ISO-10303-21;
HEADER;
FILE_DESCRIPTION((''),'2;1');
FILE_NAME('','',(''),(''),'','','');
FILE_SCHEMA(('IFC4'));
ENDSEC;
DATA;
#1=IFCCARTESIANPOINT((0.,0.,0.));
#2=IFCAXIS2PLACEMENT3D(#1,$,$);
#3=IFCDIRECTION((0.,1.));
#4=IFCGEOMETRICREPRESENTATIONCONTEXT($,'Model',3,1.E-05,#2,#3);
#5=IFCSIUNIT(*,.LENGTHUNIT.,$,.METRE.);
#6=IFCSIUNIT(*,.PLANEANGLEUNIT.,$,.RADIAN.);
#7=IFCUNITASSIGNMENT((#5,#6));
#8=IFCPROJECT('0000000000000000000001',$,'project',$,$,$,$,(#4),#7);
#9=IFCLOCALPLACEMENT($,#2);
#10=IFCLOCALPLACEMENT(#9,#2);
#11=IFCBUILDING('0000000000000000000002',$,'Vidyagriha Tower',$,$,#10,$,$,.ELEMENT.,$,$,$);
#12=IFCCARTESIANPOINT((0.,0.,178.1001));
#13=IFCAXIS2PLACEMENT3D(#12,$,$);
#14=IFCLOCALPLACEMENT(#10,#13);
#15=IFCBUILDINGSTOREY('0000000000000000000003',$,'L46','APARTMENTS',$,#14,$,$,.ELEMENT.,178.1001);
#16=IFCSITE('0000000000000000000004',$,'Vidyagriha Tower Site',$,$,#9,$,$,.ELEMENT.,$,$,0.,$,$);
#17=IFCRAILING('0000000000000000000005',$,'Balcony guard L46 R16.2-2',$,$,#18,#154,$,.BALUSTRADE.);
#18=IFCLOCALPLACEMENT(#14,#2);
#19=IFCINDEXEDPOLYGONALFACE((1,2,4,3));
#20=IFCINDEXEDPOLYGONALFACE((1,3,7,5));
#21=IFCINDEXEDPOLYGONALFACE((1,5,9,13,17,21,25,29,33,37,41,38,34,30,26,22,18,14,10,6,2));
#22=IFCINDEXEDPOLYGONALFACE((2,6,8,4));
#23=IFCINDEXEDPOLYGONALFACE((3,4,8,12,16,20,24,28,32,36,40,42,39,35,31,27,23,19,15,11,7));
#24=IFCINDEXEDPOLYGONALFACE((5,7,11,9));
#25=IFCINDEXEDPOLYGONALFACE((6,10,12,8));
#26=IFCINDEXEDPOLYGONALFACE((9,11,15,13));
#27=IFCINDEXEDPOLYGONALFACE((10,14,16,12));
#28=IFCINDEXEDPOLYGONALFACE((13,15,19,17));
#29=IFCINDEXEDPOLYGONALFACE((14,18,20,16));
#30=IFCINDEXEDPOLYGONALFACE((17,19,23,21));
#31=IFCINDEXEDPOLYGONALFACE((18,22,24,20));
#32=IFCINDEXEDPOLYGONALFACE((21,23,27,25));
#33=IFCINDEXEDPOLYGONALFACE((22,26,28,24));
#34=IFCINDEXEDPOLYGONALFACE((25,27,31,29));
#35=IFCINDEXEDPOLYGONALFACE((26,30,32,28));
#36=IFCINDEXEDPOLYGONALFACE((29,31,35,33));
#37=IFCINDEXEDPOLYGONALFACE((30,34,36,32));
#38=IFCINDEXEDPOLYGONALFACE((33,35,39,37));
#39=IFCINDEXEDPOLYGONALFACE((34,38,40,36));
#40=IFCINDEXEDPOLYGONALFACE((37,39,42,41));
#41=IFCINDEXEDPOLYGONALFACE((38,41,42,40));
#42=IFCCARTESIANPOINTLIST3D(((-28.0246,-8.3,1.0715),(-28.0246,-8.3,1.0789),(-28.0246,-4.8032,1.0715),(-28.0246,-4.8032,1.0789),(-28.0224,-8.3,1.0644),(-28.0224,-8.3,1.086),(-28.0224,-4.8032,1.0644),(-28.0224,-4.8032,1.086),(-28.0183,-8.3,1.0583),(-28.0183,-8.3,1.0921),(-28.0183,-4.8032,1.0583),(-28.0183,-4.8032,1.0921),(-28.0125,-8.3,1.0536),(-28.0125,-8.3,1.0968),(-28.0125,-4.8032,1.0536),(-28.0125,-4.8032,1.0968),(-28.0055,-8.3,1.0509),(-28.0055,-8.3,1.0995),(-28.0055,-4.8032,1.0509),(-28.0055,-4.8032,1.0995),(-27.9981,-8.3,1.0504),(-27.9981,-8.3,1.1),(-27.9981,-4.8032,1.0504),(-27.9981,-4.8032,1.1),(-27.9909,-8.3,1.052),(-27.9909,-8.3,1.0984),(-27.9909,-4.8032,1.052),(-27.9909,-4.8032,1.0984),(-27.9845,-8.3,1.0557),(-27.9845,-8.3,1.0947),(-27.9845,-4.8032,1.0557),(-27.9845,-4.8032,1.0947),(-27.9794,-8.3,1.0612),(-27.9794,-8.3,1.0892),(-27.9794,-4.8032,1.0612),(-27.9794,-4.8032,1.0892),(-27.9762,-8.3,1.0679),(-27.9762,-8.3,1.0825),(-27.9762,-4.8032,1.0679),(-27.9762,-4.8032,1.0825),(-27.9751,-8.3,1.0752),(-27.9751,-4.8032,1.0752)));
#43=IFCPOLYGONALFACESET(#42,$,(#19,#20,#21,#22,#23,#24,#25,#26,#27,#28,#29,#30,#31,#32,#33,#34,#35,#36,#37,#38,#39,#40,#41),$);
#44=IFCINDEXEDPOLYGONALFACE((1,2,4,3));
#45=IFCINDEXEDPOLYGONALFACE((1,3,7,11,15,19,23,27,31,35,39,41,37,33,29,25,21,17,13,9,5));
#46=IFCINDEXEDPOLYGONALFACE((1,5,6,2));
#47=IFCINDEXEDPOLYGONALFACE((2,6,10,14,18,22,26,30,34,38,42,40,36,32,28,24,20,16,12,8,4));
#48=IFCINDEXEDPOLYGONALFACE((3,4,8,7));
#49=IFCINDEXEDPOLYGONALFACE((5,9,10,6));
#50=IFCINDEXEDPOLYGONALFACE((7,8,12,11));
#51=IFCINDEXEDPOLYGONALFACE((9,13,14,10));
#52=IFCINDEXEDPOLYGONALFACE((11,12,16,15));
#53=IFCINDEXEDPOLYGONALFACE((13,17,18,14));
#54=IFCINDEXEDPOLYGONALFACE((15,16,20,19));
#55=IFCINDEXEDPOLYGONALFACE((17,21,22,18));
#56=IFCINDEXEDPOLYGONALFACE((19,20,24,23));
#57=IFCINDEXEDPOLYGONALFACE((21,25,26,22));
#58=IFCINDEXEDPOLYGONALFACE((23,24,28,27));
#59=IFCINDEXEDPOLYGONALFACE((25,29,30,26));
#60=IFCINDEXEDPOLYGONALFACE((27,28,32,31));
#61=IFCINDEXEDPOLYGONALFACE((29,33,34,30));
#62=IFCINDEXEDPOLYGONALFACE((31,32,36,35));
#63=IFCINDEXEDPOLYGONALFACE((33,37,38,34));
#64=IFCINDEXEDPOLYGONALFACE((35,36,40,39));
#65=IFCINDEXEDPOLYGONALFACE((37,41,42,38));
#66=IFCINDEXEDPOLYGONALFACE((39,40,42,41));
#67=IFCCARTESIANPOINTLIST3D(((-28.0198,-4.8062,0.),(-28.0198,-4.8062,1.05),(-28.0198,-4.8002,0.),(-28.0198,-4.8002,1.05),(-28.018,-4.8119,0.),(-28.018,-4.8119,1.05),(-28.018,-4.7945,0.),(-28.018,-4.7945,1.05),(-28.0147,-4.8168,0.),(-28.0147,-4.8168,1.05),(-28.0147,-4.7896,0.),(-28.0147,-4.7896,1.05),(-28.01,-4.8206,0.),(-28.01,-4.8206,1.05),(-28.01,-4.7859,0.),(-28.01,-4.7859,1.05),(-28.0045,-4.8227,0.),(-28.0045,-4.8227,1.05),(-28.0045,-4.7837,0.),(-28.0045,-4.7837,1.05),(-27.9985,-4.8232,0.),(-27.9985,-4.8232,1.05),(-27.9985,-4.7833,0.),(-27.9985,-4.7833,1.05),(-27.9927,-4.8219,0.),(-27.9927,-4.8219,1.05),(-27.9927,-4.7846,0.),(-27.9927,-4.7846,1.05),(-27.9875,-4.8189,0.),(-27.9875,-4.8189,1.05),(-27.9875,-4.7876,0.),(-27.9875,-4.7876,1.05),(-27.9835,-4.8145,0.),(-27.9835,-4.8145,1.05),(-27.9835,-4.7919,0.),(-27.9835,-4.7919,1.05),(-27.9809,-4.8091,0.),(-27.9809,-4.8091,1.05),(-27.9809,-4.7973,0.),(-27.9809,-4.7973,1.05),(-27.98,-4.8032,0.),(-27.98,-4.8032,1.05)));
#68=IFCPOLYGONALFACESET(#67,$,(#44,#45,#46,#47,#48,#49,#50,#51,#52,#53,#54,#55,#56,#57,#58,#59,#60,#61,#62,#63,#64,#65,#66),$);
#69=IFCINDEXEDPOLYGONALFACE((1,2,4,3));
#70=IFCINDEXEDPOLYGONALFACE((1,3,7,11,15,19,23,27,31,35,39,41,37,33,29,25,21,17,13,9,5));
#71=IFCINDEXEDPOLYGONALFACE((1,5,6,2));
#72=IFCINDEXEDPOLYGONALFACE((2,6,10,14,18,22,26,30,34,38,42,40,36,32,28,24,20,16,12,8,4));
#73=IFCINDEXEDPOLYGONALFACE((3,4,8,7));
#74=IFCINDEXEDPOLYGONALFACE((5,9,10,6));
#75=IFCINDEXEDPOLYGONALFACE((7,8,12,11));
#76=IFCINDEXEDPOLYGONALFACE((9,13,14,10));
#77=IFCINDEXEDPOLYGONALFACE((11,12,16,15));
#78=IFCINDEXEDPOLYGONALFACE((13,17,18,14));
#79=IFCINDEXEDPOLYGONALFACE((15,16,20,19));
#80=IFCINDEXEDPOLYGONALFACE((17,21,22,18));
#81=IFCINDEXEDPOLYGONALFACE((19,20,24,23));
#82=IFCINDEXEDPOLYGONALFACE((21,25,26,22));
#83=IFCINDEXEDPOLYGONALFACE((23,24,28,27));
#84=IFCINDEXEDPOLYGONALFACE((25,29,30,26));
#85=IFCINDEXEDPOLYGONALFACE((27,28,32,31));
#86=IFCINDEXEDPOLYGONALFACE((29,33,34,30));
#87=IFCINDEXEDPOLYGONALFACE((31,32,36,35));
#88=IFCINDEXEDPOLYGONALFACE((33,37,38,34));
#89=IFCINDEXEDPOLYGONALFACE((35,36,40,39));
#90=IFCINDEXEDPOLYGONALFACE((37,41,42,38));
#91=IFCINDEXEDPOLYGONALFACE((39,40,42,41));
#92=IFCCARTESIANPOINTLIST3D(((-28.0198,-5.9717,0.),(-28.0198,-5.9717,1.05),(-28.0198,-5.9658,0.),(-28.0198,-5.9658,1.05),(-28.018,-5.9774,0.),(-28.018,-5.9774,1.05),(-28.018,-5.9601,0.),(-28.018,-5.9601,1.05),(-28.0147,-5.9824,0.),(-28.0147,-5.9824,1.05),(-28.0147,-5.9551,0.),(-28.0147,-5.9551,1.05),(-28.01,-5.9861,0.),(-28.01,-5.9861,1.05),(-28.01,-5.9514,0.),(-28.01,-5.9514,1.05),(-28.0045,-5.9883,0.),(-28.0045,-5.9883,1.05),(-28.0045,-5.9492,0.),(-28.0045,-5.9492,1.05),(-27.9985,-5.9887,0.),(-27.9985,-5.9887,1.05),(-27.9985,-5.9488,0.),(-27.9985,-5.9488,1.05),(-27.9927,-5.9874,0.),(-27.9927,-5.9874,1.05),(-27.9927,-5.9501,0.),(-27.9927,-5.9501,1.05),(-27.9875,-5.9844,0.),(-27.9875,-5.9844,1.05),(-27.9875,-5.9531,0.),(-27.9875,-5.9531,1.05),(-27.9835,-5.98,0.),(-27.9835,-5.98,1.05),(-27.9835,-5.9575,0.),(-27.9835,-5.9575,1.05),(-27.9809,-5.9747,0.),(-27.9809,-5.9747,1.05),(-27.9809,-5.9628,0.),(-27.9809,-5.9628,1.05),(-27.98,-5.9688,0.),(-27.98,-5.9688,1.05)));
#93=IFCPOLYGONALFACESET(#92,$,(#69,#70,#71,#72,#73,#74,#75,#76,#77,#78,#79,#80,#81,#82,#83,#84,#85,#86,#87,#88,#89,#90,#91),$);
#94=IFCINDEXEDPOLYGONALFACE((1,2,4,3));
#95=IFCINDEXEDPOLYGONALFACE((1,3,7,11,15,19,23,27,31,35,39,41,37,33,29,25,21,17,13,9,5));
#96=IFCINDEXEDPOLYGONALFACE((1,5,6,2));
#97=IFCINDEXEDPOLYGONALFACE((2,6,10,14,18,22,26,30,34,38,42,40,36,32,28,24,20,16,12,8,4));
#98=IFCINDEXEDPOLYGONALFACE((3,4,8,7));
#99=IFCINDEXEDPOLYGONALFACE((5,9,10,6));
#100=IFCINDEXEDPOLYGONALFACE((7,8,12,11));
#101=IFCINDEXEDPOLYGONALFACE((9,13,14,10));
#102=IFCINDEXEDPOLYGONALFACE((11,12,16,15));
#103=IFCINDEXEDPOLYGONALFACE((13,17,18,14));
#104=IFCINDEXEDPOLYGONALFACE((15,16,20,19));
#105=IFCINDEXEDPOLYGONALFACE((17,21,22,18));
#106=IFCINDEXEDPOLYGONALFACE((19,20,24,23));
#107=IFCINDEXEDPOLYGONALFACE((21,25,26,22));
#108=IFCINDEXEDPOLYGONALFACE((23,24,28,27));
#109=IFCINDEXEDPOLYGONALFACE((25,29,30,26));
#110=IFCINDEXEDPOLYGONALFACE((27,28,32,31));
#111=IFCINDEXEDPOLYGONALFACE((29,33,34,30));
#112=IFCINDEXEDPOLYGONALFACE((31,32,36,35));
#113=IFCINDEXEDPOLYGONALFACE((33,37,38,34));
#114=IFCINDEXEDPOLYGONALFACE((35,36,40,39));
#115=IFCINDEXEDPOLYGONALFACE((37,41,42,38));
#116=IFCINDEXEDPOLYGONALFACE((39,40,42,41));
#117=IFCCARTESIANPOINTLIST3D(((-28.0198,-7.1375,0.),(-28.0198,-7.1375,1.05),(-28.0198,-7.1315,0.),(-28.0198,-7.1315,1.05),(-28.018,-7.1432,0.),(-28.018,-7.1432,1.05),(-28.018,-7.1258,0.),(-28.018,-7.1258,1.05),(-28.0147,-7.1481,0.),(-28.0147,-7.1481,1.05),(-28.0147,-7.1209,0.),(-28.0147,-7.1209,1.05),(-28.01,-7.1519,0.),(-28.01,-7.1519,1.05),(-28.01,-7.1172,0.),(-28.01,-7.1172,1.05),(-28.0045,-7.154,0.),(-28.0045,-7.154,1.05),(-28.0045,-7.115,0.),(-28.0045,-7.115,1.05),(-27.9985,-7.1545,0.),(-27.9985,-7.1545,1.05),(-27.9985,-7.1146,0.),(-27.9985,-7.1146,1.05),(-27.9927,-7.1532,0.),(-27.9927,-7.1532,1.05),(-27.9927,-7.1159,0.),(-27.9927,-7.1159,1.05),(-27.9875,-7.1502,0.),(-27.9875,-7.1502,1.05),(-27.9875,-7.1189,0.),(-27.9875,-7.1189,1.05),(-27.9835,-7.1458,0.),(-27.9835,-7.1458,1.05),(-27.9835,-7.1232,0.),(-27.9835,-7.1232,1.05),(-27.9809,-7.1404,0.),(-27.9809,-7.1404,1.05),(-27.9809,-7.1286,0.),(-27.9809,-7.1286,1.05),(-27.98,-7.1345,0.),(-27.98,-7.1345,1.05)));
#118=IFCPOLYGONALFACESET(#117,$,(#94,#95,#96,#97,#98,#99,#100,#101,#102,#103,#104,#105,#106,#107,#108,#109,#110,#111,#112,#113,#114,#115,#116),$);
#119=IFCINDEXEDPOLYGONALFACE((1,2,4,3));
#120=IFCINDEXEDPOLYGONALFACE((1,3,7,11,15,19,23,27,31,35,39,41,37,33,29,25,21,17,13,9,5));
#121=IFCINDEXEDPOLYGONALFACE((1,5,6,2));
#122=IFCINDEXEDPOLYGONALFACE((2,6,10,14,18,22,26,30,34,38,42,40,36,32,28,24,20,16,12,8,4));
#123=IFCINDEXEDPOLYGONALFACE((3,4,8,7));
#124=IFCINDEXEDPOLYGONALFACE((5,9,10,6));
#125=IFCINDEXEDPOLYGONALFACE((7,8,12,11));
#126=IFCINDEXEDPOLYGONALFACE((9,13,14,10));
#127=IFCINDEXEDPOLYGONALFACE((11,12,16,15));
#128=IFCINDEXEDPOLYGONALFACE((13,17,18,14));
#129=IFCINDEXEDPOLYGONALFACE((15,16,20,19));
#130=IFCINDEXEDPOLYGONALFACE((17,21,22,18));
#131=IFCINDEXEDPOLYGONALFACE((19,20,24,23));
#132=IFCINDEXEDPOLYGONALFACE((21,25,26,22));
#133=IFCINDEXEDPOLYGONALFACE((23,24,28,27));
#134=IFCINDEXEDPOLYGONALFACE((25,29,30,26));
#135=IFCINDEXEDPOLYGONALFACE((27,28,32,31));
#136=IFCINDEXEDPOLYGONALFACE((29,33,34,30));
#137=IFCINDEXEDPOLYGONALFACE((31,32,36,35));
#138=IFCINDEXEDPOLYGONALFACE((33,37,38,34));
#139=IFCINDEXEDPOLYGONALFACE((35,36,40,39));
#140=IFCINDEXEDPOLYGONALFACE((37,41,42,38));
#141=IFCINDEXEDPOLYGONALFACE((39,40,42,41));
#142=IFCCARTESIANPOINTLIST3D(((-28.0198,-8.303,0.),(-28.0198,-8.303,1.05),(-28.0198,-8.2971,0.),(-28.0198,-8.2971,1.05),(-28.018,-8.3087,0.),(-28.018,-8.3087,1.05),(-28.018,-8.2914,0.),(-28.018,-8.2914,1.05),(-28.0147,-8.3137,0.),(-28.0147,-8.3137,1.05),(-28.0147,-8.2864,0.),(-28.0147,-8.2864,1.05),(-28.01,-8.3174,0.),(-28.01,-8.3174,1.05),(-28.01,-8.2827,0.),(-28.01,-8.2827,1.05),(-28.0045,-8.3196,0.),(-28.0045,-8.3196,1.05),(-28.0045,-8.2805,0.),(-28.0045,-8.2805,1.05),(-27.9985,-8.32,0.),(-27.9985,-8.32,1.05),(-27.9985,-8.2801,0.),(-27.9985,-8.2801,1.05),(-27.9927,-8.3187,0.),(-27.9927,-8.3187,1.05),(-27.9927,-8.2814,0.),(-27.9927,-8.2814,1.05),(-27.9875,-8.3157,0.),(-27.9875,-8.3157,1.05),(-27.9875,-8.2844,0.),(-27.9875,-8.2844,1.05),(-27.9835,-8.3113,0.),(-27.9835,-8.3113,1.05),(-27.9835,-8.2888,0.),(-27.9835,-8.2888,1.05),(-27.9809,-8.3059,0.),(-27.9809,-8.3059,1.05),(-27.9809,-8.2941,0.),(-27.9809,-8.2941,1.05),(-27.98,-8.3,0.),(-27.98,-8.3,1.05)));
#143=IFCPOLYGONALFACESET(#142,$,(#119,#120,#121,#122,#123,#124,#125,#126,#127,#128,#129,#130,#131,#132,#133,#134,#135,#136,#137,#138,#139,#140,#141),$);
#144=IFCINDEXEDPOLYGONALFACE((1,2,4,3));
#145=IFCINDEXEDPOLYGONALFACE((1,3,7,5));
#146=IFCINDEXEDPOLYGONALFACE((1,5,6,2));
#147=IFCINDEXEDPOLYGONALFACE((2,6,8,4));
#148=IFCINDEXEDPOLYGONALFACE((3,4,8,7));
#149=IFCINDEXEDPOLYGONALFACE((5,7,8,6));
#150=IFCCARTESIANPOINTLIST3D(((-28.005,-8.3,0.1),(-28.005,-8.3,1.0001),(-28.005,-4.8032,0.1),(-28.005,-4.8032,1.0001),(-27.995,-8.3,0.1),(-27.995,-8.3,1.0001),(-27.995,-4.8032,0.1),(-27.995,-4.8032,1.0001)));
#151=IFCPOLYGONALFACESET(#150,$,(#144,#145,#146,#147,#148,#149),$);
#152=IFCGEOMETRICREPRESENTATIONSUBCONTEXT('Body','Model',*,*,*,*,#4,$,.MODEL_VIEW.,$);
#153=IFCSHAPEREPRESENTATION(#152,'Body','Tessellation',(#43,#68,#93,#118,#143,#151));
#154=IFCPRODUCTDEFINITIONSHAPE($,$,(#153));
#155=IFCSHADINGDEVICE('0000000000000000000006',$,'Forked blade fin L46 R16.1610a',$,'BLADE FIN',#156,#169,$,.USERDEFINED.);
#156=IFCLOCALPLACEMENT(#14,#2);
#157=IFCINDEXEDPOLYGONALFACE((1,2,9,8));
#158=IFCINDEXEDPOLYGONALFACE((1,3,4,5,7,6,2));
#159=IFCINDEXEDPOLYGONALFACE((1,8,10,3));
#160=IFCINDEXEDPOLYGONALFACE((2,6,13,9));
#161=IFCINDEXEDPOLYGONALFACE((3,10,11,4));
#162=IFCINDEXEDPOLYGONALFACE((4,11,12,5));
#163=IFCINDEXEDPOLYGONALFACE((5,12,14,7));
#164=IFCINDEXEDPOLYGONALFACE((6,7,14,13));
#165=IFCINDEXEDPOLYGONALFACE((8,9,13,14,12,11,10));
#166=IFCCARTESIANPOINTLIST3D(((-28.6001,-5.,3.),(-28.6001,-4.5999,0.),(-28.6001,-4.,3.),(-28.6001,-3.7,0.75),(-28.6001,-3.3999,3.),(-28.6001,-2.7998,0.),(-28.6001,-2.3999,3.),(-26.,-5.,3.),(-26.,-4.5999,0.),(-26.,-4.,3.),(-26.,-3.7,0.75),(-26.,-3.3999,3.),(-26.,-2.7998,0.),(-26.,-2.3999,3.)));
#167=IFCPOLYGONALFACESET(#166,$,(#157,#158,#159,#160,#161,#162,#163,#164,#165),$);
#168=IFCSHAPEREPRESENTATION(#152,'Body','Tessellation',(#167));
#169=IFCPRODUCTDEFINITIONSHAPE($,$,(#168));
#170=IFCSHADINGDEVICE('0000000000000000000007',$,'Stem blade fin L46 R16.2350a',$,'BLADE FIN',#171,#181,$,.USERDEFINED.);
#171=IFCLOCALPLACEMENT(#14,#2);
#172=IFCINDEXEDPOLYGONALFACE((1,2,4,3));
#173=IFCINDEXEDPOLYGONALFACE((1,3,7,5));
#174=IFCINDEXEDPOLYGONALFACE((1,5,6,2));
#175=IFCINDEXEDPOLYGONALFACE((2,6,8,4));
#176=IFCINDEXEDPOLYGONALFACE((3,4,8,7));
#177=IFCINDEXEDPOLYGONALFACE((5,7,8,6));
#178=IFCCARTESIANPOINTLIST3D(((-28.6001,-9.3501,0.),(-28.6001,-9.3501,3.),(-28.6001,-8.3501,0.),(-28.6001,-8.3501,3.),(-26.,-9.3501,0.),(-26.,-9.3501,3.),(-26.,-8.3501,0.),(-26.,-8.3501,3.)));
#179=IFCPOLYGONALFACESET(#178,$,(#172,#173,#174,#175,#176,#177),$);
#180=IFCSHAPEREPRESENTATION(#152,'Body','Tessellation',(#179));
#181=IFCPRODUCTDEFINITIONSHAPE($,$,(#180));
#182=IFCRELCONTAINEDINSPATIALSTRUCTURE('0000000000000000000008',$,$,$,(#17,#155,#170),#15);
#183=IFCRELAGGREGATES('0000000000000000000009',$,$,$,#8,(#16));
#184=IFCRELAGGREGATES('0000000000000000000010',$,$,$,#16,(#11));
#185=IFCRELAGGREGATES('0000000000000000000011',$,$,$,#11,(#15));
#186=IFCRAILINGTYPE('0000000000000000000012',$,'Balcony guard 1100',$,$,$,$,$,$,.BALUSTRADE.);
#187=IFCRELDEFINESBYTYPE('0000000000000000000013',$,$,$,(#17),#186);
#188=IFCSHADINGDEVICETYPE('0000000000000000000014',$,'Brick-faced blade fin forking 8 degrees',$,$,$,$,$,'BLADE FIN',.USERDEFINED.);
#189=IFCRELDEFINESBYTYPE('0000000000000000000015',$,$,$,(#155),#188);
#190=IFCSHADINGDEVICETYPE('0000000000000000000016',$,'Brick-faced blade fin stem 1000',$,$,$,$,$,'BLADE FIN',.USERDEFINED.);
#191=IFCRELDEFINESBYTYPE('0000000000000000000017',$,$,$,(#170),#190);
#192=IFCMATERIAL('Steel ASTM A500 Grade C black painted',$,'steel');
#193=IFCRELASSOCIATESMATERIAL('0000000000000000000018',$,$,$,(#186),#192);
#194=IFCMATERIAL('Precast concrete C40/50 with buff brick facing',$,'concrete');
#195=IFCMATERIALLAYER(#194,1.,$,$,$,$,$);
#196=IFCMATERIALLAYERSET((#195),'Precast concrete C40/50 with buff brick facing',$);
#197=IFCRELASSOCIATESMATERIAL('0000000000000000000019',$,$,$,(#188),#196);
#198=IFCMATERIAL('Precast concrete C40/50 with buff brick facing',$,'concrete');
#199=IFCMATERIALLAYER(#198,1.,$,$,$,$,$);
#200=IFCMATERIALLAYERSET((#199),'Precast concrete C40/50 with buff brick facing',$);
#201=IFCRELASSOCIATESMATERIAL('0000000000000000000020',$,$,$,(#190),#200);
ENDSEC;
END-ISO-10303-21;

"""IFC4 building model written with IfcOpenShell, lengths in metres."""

from ifc_helpers import new_model, si_unit, direction, frame, origin, origin_2d, place, context, subcontext, project, spatial, polyline, rectangle, circle, outline, extrude, material, layer, layer_set, type_object, element, save


model = new_model("IFC4")

# Units and contexts
model_context = context("Model", 3, precision=1e-05, world=origin(), true_north=direction((0.0, 1.0)))
body_context = subcontext(model_context, "Body", "Model", "MODEL_VIEW")
ifc_project = project(units=[si_unit("LENGTHUNIT", "METRE"), si_unit("PLANEANGLEUNIT", "RADIAN")], contexts=[model_context])

# Site, building, storey
site_placement = place(None, origin())
site = spatial("IfcSite", under=ifc_project, at=site_placement, Name="Vidyagriha Tower Site", CompositionType="ELEMENT", RefElevation=0.0)
building_placement = place(site_placement, origin())
building = spatial("IfcBuilding", under=site, at=building_placement, Name="Vidyagriha Tower", CompositionType="ELEMENT")
storey_placement = place(building_placement, frame((0.0, 0.0, 178.1001)))
storey = spatial("IfcBuildingStorey", under=building, at=storey_placement, Name="L46", Description="APARTMENTS", CompositionType="ELEMENT", Elevation=178.1001)

# Railing
ifc_material_1 = material(Name="Steel ASTM A500 Grade C black painted", Category="steel")
railing_type_1 = type_object("IfcRailingType", Name="Balcony guard 1100", PredefinedType="BALUSTRADE", material=ifc_material_1)
railing_1_placement = place(storey_placement, frame((-28.0, -4.8032, 0.0)))
element("IfcRailing", 1, at=railing_1_placement, inside=storey, type_object=railing_type_1, Name="Balcony guard L46 R16.2-2", PredefinedType="BALUSTRADE", context=body_context, shape_type="SweptSolid", body=[
    extrude(circle(Radius=0.0249, at=origin_2d()), frame((0.0, 0.0, 1.0752), z_axis=(0.0, -1.0, 0.0), x_axis=(1.0, 0.0, 0.0)), (0.0, 0.0, 1.0), 3.4968),
    extrude(circle(Radius=0.02, at=origin_2d()), origin(), (0.0, 0.0, 1.0), 1.05),
    extrude(circle(Radius=0.02, at=origin_2d()), frame((0.0, -1.1655, 0.0)), (0.0, 0.0, 1.0), 1.05),
    extrude(circle(Radius=0.02, at=origin_2d()), frame((0.0, -2.3313, 0.0)), (0.0, 0.0, 1.0), 1.05),
    extrude(circle(Radius=0.02, at=origin_2d()), frame((0.0, -3.4968, 0.0)), (0.0, 0.0, 1.0), 1.05),
    extrude(rectangle(XDim=0.01, YDim=0.9001, at=origin_2d()), frame((0.0, 0.0, 0.55), z_axis=(0.0, -1.0, 0.0), x_axis=(1.0, 0.0, 0.0)), (0.0, 0.0, 1.0), 3.4968),
])

# Shading devices
ifc_material_2 = material(Name="Precast concrete C40/50 with buff brick facing", Category="concrete")
ifc_layer_1 = layer(ifc_material_2, 1.0)
ifc_layer_set_1 = layer_set([ifc_layer_1], Name="Precast concrete C40/50 with buff brick facing")
shading_device_type_1 = type_object("IfcShadingDeviceType", Name="Brick-faced blade fin forking 8 degrees", ElementType="BLADE FIN", PredefinedType="USERDEFINED", material=ifc_layer_set_1)
shading_device_1_placement = place(storey_placement, frame((-27.3, -2.3999, 0.0), z_axis=(0.0, 0.0, 1.0), x_axis=(0.0, -1.0, 0.0)))
element("IfcShadingDevice", 2, at=shading_device_1_placement, inside=storey, type_object=shading_device_type_1, Name="Forked blade fin L46 R16.1610a", ObjectType="BLADE FIN", PredefinedType="USERDEFINED", context=body_context, shape_type="SweptSolid", body=[
    extrude(outline(polyline([(0.3999, 0.0), (2.2, 0.0), (2.6001, 3.0), (1.6001, 3.0), (1.3, 0.75), (1.0, 3.0), (0.0, 3.0), (0.3999, 0.0)])), frame((0.0, 1.3, 0.0), z_axis=(0.0, -1.0, 0.0), x_axis=(1.0, 0.0, 0.0)), (0.0, 0.0, 1.0), 2.6001),
])
ifc_material_3 = material(Name="Precast concrete C40/50 with buff brick facing", Category="concrete")
ifc_layer_2 = layer(ifc_material_3, 1.0)
ifc_layer_set_2 = layer_set([ifc_layer_2], Name="Precast concrete C40/50 with buff brick facing")
shading_device_type_2 = type_object("IfcShadingDeviceType", Name="Brick-faced blade fin stem 1000", ElementType="BLADE FIN", PredefinedType="USERDEFINED", material=ifc_layer_set_2)
shading_device_2_placement = place(storey_placement, frame((-27.3, -8.3501, 0.0), z_axis=(0.0, 0.0, 1.0), x_axis=(0.0, -1.0, 0.0)))
element("IfcShadingDevice", 3, at=shading_device_2_placement, inside=storey, type_object=shading_device_type_2, Name="Stem blade fin L46 R16.2350a", ObjectType="BLADE FIN", PredefinedType="USERDEFINED", context=body_context, shape_type="SweptSolid", body=[
    extrude(outline(polyline([(0.0, 0.0), (1.0, 0.0), (1.0, 3.0), (0.0, 3.0), (0.0, 0.0)])), frame((0.0, 1.3, 0.0), z_axis=(0.0, -1.0, 0.0), x_axis=(1.0, 0.0, 0.0)), (0.0, 0.0, 1.0), 2.6001),
])

save(model, "model.ifc")
